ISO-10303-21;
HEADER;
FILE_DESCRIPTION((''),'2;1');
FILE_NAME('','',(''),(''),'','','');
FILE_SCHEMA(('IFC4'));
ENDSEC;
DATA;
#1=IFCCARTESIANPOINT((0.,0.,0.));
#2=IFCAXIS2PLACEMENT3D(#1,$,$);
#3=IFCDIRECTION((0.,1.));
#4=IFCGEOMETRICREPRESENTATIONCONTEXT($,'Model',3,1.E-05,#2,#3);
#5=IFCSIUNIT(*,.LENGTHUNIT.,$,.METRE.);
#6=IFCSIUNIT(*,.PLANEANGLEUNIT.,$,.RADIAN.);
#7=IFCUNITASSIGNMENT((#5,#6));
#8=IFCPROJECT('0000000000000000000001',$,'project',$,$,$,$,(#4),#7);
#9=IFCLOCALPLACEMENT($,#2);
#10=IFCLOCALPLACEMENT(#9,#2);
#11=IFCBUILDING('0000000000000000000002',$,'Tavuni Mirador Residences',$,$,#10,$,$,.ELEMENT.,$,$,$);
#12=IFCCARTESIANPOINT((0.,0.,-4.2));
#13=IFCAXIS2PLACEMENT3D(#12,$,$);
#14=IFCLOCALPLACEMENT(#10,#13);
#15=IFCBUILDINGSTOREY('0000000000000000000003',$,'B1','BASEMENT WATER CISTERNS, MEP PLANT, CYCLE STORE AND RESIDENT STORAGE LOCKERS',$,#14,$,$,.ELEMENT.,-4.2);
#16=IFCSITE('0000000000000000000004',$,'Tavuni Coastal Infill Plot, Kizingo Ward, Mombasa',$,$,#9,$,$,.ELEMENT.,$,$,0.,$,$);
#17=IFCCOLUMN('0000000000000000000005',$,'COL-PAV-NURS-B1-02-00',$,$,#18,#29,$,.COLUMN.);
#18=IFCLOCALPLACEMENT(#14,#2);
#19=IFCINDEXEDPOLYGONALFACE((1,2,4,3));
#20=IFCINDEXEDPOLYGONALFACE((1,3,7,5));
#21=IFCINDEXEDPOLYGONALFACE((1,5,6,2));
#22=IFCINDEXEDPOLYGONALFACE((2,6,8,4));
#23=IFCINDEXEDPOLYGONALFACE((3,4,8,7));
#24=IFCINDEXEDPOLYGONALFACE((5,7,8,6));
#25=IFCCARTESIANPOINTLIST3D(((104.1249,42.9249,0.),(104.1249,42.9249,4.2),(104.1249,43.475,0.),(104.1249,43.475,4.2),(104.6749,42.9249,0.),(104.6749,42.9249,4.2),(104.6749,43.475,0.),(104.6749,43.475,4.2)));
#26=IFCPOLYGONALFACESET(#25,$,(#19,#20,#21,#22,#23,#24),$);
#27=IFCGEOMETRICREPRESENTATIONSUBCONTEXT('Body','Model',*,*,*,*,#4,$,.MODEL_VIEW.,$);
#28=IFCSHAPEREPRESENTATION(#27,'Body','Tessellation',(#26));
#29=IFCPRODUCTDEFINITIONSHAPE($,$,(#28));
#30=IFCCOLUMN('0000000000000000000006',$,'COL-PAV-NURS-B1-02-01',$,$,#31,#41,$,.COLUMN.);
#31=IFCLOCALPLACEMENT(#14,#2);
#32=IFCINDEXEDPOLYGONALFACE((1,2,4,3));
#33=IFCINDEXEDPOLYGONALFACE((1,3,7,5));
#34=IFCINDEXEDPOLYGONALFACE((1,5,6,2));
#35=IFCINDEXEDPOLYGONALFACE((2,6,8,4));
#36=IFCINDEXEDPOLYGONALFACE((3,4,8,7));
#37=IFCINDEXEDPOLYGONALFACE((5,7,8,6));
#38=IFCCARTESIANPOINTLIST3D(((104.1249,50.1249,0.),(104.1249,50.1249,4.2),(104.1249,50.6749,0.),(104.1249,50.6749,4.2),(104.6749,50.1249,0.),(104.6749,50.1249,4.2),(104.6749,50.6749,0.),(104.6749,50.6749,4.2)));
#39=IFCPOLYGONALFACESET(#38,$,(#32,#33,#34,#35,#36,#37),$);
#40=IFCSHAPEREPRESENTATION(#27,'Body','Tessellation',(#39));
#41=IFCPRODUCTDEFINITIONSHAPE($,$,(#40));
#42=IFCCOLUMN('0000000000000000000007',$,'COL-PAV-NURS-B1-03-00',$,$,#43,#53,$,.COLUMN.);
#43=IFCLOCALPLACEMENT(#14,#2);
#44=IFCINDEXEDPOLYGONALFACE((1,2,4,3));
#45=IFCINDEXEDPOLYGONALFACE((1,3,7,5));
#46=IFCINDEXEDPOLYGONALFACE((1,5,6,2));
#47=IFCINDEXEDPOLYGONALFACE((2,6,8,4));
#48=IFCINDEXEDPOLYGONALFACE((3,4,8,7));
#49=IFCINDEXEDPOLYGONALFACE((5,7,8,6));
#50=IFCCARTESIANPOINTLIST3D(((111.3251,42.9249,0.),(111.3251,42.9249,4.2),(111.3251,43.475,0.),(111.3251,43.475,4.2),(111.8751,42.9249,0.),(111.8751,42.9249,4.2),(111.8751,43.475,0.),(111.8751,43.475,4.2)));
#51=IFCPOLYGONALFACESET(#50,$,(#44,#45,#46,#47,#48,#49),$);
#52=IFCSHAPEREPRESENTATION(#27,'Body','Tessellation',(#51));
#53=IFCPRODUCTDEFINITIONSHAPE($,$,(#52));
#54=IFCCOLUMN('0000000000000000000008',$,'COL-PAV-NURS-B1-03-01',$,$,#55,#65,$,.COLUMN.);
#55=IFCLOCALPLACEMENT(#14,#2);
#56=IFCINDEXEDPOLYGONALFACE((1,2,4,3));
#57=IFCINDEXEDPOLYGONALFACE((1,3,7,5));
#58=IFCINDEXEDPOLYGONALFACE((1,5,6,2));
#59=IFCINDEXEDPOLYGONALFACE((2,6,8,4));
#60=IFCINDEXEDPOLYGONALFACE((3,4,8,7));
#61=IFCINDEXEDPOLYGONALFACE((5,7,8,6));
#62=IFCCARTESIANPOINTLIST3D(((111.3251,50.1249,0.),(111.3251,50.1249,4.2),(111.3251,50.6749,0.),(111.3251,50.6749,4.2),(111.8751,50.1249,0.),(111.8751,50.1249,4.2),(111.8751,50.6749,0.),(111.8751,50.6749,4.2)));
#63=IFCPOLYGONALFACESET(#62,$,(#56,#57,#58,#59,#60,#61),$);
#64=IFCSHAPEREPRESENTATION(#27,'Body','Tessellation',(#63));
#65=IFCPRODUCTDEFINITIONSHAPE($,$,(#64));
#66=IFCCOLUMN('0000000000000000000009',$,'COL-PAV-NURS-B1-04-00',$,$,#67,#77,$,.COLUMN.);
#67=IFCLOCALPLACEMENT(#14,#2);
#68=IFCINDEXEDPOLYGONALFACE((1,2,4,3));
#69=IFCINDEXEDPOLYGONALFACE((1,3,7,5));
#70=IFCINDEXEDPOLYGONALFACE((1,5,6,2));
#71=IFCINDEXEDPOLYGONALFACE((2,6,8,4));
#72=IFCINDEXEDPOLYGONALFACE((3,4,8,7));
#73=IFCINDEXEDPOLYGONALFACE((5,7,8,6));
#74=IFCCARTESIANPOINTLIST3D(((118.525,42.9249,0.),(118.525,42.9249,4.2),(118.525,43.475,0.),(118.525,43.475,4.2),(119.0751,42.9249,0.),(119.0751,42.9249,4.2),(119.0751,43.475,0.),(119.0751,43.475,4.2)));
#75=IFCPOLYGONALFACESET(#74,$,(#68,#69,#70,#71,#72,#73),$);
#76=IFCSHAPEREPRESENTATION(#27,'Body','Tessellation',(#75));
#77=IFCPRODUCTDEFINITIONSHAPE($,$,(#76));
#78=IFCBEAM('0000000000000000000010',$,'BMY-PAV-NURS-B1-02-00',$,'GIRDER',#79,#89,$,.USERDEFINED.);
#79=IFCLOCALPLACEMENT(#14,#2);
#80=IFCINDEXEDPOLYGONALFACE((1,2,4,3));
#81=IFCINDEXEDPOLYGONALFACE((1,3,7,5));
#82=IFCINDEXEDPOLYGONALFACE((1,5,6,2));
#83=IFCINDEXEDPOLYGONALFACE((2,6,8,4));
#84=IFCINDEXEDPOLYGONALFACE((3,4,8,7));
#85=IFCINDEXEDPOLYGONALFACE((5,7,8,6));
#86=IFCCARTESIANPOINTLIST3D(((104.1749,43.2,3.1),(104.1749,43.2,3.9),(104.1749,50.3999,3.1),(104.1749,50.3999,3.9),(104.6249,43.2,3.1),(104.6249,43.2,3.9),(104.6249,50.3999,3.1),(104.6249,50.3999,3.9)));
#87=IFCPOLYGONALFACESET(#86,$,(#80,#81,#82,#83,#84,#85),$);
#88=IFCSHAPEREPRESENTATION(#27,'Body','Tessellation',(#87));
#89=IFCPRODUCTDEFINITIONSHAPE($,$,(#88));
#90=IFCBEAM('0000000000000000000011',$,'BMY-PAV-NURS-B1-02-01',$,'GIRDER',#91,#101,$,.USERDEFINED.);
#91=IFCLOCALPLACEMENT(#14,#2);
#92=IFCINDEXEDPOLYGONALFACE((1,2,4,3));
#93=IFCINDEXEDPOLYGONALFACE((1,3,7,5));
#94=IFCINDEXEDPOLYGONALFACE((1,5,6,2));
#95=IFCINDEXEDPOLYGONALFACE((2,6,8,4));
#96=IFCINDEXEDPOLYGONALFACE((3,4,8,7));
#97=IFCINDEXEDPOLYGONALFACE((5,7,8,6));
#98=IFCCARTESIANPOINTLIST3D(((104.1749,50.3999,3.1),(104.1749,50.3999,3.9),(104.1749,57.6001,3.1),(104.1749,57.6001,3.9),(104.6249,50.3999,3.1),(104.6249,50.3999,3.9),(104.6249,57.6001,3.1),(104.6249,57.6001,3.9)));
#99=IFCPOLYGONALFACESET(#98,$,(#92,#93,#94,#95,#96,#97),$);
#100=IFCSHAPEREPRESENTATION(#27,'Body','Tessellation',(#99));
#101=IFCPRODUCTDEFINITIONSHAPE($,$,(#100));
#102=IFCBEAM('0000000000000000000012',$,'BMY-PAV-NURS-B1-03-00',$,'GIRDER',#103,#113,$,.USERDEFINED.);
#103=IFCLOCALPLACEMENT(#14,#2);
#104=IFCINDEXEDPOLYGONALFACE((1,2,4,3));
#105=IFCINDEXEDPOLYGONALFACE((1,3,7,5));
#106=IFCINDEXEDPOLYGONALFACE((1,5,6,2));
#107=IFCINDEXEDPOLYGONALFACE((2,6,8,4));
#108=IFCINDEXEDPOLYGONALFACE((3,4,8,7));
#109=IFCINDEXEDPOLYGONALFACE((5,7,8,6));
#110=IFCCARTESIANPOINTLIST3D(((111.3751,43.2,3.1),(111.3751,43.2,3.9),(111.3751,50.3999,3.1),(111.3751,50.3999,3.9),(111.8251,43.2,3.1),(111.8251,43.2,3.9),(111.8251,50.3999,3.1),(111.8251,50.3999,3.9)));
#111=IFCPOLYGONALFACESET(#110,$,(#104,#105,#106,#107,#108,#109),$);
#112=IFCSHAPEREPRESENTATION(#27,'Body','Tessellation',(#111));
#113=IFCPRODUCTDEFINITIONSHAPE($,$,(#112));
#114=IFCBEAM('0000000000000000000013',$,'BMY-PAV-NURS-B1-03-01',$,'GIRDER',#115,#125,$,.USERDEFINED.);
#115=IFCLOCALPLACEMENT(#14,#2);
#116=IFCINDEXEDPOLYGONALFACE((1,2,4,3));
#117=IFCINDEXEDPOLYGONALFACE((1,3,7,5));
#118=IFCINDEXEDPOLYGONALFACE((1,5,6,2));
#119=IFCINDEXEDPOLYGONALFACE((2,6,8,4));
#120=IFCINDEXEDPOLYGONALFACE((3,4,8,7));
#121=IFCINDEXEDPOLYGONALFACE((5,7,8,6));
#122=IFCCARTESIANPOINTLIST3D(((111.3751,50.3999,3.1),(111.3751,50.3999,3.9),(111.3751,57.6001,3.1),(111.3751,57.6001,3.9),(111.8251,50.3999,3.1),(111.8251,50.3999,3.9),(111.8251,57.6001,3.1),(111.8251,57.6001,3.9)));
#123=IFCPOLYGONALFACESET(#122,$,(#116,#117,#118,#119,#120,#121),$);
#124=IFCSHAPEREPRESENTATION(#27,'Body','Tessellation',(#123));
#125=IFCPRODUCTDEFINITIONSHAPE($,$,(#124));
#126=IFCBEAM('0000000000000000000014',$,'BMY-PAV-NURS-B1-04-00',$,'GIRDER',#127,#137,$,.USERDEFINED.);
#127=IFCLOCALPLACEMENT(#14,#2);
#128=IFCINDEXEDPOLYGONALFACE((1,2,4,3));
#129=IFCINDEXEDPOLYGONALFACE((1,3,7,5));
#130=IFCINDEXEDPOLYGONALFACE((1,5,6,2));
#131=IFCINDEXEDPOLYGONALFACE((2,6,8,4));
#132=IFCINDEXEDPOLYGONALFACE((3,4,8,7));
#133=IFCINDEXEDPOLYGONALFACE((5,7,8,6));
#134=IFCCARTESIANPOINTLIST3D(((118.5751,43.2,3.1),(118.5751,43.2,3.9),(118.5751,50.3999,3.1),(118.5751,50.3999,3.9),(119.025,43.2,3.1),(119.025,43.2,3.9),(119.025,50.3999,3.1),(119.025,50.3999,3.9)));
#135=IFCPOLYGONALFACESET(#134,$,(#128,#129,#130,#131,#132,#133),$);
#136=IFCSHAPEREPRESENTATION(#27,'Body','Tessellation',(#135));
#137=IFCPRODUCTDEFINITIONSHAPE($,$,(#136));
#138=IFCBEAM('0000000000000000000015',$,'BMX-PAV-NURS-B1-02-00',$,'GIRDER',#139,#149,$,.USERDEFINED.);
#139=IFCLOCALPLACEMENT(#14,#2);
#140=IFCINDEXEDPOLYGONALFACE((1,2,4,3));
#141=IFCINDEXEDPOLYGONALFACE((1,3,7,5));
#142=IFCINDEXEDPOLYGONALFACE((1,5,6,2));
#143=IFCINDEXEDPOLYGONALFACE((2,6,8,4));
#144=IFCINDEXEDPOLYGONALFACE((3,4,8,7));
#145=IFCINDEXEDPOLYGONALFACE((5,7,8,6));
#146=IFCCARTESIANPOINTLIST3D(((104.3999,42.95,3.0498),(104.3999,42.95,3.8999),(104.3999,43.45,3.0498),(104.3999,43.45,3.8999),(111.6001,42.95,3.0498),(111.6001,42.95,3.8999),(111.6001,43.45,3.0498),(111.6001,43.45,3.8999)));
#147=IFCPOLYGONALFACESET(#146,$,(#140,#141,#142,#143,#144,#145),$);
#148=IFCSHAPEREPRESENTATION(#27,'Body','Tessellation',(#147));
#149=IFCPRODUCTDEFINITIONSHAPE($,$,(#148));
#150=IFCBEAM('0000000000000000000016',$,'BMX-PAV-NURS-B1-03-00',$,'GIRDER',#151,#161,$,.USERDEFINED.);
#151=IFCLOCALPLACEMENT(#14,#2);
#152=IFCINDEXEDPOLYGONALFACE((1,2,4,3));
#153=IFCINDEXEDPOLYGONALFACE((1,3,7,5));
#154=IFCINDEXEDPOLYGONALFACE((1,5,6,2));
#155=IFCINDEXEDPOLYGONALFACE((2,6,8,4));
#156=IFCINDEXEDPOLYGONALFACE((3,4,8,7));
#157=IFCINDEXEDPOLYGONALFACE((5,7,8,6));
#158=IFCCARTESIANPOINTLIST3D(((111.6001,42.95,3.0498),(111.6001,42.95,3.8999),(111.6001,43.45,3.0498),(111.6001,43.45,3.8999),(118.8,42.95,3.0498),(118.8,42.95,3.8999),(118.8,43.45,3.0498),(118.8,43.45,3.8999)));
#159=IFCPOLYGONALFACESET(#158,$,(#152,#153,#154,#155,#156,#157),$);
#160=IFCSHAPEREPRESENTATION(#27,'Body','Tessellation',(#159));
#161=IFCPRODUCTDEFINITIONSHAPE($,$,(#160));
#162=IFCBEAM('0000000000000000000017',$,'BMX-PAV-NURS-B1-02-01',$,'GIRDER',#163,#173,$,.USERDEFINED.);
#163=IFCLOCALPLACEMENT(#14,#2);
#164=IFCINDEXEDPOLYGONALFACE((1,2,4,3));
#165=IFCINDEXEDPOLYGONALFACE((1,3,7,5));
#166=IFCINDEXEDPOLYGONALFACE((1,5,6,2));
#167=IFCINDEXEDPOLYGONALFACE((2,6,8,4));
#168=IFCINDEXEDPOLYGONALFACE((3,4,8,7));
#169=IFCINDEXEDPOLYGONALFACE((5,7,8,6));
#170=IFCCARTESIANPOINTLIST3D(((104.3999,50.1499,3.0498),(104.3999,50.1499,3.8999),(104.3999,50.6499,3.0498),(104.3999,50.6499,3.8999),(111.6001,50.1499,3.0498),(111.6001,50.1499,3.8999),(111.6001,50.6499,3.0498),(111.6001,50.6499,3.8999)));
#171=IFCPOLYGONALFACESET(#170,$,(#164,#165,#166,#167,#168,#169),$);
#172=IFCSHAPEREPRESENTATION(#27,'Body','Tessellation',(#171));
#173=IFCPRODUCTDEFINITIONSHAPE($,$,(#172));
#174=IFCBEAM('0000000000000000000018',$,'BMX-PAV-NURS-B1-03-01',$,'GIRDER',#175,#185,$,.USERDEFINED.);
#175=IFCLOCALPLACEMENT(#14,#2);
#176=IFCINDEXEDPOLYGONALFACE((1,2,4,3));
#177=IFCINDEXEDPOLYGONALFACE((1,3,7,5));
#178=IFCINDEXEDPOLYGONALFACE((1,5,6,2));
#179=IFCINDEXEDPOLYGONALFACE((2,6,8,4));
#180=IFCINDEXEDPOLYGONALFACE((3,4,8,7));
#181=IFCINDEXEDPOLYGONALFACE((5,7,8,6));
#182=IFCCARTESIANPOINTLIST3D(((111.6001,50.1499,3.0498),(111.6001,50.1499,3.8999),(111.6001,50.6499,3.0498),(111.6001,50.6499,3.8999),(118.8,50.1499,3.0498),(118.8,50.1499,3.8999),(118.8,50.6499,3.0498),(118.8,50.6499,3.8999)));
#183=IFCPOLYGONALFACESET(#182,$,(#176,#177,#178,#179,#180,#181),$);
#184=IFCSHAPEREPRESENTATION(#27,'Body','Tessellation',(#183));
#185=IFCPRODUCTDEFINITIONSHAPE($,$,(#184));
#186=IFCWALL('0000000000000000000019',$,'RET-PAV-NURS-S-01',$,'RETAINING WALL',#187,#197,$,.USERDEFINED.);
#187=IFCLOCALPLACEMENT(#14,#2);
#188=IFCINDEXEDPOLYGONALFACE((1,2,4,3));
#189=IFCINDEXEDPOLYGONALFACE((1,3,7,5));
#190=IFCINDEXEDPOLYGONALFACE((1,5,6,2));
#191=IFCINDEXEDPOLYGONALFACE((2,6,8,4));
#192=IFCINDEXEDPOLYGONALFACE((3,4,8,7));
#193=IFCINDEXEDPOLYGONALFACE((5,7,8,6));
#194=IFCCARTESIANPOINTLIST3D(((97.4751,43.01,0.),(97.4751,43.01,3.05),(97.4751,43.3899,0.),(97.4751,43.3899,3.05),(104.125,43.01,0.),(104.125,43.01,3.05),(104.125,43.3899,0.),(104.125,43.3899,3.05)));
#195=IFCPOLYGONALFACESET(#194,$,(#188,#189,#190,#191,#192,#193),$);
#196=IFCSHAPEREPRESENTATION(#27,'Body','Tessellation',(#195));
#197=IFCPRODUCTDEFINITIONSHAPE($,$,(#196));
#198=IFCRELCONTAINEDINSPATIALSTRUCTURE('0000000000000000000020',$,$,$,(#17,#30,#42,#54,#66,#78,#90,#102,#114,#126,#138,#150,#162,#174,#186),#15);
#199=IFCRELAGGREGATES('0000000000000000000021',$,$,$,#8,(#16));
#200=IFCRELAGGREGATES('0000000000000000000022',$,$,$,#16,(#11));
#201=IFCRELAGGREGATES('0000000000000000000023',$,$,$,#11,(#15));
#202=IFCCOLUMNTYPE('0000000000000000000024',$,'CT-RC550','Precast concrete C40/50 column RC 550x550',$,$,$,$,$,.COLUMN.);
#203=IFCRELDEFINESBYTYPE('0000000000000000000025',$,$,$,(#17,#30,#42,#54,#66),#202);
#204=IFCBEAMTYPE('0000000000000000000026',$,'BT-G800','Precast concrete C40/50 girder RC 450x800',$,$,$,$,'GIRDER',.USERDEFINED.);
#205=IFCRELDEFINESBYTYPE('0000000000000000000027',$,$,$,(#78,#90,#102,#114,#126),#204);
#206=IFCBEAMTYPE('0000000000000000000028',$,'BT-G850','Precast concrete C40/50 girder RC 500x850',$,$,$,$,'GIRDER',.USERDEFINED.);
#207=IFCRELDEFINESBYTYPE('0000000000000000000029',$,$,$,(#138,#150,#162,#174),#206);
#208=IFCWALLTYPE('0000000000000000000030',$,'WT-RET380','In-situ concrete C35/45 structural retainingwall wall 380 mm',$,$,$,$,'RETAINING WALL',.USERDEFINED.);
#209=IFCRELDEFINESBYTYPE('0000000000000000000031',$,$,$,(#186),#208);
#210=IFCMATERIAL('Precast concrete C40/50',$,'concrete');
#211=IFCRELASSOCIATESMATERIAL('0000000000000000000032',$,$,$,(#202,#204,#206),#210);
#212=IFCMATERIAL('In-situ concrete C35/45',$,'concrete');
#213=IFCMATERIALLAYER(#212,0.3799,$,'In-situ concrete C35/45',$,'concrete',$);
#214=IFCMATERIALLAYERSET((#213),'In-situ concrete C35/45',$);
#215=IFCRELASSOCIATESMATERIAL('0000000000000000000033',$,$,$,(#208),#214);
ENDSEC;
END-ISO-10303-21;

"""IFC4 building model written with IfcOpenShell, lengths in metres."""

from ifc_helpers import new_model, si_unit, direction, frame, frame_2d, origin, origin_2d, place, context, subcontext, project, spatial, rectangle, extrude, material, layer, layer_set, material_profile, profile_set, type_object, element, save


model = new_model("IFC4")

# Units and contexts
model_context = context("Model", 3, precision=1e-05, world=origin(), true_north=direction((0.0, 1.0)))
body_context = subcontext(model_context, "Body", "Model", "MODEL_VIEW")
ifc_project = project(units=[si_unit("LENGTHUNIT", "METRE"), si_unit("PLANEANGLEUNIT", "RADIAN")], contexts=[model_context])

# Site, building, storey
site_placement = place(None, origin())
site = spatial("IfcSite", under=ifc_project, at=site_placement, Name="Tavuni Coastal Infill Plot, Kizingo Ward, Mombasa", CompositionType="ELEMENT", RefElevation=0.0)
building_placement = place(site_placement, origin())
building = spatial("IfcBuilding", under=site, at=building_placement, Name="Tavuni Mirador Residences", CompositionType="ELEMENT")
storey_placement = place(building_placement, frame((0.0, 0.0, -4.2)))
storey = spatial("IfcBuildingStorey", under=building, at=storey_placement, Name="B1", Description="BASEMENT WATER CISTERNS, MEP PLANT, CYCLE STORE AND RESIDENT STORAGE LOCKERS", CompositionType="ELEMENT", Elevation=-4.2)

# Shared definitions
ifc_material_1 = material(Name="In-situ concrete C35/45", Category="concrete")

# Columns
ifc_material_2 = material(Name="Precast concrete C40/50", Category="concrete")
ifc_material_profile_1 = material_profile(ifc_material_2, rectangle(XDim=0.55, YDim=0.55, at=origin_2d()), Name="RC 550x550", Category="concrete")
ifc_profile_set_1 = profile_set([ifc_material_profile_1], Name="Precast concrete C40/50")
column_type_1 = type_object("IfcColumnType", Name="CT-RC550", Description="Precast concrete C40/50 column RC 550x550", PredefinedType="COLUMN", material=ifc_profile_set_1)
for number, where, z_axis, x_axis, name in (
    (1, (104.3999, 43.2, 0.0), (0.0, 0.0, 1.0), (1.0, 0.0, 0.0), "COL-PAV-NURS-B1-02-00"),
    (2, (104.3999, 50.3999, 0.0), (0.0, 0.0, 1.0), (1.0, 0.0, 0.0), "COL-PAV-NURS-B1-02-01"),
    (3, (111.6001, 43.2, 0.0), (0.0, 0.0, 1.0), (1.0, 0.0, 0.0), "COL-PAV-NURS-B1-03-00"),
    (4, (111.6001, 50.3999, 0.0), (0.0, 0.0, 1.0), (1.0, 0.0, 0.0), "COL-PAV-NURS-B1-03-01"),
    (5, (118.8, 43.2, 0.0), (0.0, 0.0, 1.0), (1.0, 0.0, 0.0), "COL-PAV-NURS-B1-04-00"),
):
    element("IfcColumn", number, at=place(storey_placement, frame(where, z_axis=z_axis, x_axis=x_axis)), inside=storey, type_object=column_type_1, Name=name, PredefinedType="COLUMN", context=body_context, shape_type="SweptSolid", body=[
        extrude(rectangle(XDim=0.55, YDim=0.55, at=origin_2d()), origin(), (0.0, 0.0, 1.0), 4.2),
    ])

# Beams
ifc_material_profile_2 = material_profile(ifc_material_2, rectangle(XDim=0.45, YDim=0.8, at=origin_2d()), Name="RC 450x800", Category="concrete")
ifc_profile_set_2 = profile_set([ifc_material_profile_2], Name="Precast concrete C40/50")
beam_type_1 = type_object("IfcBeamType", Name="BT-G800", Description="Precast concrete C40/50 girder RC 450x800", ElementType="GIRDER", PredefinedType="USERDEFINED", material=ifc_profile_set_2)
beam_1_placement = place(storey_placement, frame((104.3999, 43.2, 3.5), z_axis=(0.0, 1.0, 0.0), x_axis=(-1.0, 0.0, 0.0)))
element("IfcBeam", 6, at=beam_1_placement, inside=storey, type_object=beam_type_1, Name="BMY-PAV-NURS-B1-02-00", ObjectType="GIRDER", PredefinedType="USERDEFINED", context=body_context, shape_type="SweptSolid", body=[
    extrude(rectangle(XDim=0.45, YDim=0.8, at=origin_2d()), origin(), (0.0, 0.0, 1.0), 7.2),
])
beam_2_placement = place(storey_placement, frame((104.3999, 50.3999, 3.5), z_axis=(0.0, 1.0, 0.0), x_axis=(-1.0, 0.0, 0.0)))
element("IfcBeam", 7, at=beam_2_placement, inside=storey, type_object=beam_type_1, Name="BMY-PAV-NURS-B1-02-01", ObjectType="GIRDER", PredefinedType="USERDEFINED", context=body_context, shape_type="SweptSolid", body=[
    extrude(rectangle(XDim=0.45, YDim=0.8, at=origin_2d()), origin(), (0.0, 0.0, 1.0), 7.2002),
])
beam_3_placement = place(storey_placement, frame((111.6001, 43.2, 3.5), z_axis=(0.0, 1.0, 0.0), x_axis=(-1.0, 0.0, 0.0)))
element("IfcBeam", 8, at=beam_3_placement, inside=storey, type_object=beam_type_1, Name="BMY-PAV-NURS-B1-03-00", ObjectType="GIRDER", PredefinedType="USERDEFINED", context=body_context, shape_type="SweptSolid", body=[
    extrude(rectangle(XDim=0.45, YDim=0.8, at=origin_2d()), origin(), (0.0, 0.0, 1.0), 7.2),
])
beam_4_placement = place(storey_placement, frame((111.6001, 50.3999, 3.5), z_axis=(0.0, 1.0, 0.0), x_axis=(-1.0, 0.0, 0.0)))
element("IfcBeam", 9, at=beam_4_placement, inside=storey, type_object=beam_type_1, Name="BMY-PAV-NURS-B1-03-01", ObjectType="GIRDER", PredefinedType="USERDEFINED", context=body_context, shape_type="SweptSolid", body=[
    extrude(rectangle(XDim=0.45, YDim=0.8, at=origin_2d()), origin(), (0.0, 0.0, 1.0), 7.2002),
])
beam_5_placement = place(storey_placement, frame((118.8, 43.2, 3.5), z_axis=(0.0, 1.0, 0.0), x_axis=(-1.0, 0.0, 0.0)))
element("IfcBeam", 10, at=beam_5_placement, inside=storey, type_object=beam_type_1, Name="BMY-PAV-NURS-B1-04-00", ObjectType="GIRDER", PredefinedType="USERDEFINED", context=body_context, shape_type="SweptSolid", body=[
    extrude(rectangle(XDim=0.45, YDim=0.8, at=origin_2d()), origin(), (0.0, 0.0, 1.0), 7.2),
])
ifc_material_profile_3 = material_profile(ifc_material_2, rectangle(XDim=0.5, YDim=0.8501, at=origin_2d()), Name="RC 500x850", Category="concrete")
ifc_profile_set_3 = profile_set([ifc_material_profile_3], Name="Precast concrete C40/50")
beam_type_2 = type_object("IfcBeamType", Name="BT-G850", Description="Precast concrete C40/50 girder RC 500x850", ElementType="GIRDER", PredefinedType="USERDEFINED", material=ifc_profile_set_3)
beam_6_placement = place(storey_placement, frame((104.3999, 43.2, 3.4749), z_axis=(1.0, 0.0, 0.0), x_axis=(0.0, 1.0, 0.0)))
element("IfcBeam", 11, at=beam_6_placement, inside=storey, type_object=beam_type_2, Name="BMX-PAV-NURS-B1-02-00", ObjectType="GIRDER", PredefinedType="USERDEFINED", context=body_context, shape_type="SweptSolid", body=[
    extrude(rectangle(XDim=0.5, YDim=0.8501, at=origin_2d()), origin(), (0.0, 0.0, 1.0), 7.2002),
])
beam_7_placement = place(storey_placement, frame((111.6001, 43.2, 3.4749), z_axis=(1.0, 0.0, 0.0), x_axis=(0.0, 1.0, 0.0)))
element("IfcBeam", 12, at=beam_7_placement, inside=storey, type_object=beam_type_2, Name="BMX-PAV-NURS-B1-03-00", ObjectType="GIRDER", PredefinedType="USERDEFINED", context=body_context, shape_type="SweptSolid", body=[
    extrude(rectangle(XDim=0.5, YDim=0.8501, at=origin_2d()), origin(), (0.0, 0.0, 1.0), 7.2),
])
beam_8_placement = place(storey_placement, frame((104.3999, 50.3999, 3.4749), z_axis=(1.0, 0.0, 0.0), x_axis=(0.0, 1.0, 0.0)))
element("IfcBeam", 13, at=beam_8_placement, inside=storey, type_object=beam_type_2, Name="BMX-PAV-NURS-B1-02-01", ObjectType="GIRDER", PredefinedType="USERDEFINED", context=body_context, shape_type="SweptSolid", body=[
    extrude(rectangle(XDim=0.5, YDim=0.8501, at=origin_2d()), origin(), (0.0, 0.0, 1.0), 7.2002),
])
beam_9_placement = place(storey_placement, frame((111.6001, 50.3999, 3.4749), z_axis=(1.0, 0.0, 0.0), x_axis=(0.0, 1.0, 0.0)))
element("IfcBeam", 14, at=beam_9_placement, inside=storey, type_object=beam_type_2, Name="BMX-PAV-NURS-B1-03-01", ObjectType="GIRDER", PredefinedType="USERDEFINED", context=body_context, shape_type="SweptSolid", body=[
    extrude(rectangle(XDim=0.5, YDim=0.8501, at=origin_2d()), origin(), (0.0, 0.0, 1.0), 7.2),
])

# Wall
ifc_layer_1 = layer(ifc_material_1, 0.3799, Name="In-situ concrete C35/45", Category="concrete")
ifc_layer_set_1 = layer_set([ifc_layer_1], Name="In-situ concrete C35/45")
wall_type_1 = type_object("IfcWallType", Name="WT-RET380", Description="In-situ concrete C35/45 structural retainingwall wall 380 mm", ElementType="RETAINING WALL", PredefinedType="USERDEFINED", material=ifc_layer_set_1)
for number, where, z_axis, x_axis, name in (
    (15, (97.4751, 43.2, 0.0), (0.0, 0.0, 1.0), (1.0, 0.0, 0.0), "RET-PAV-NURS-S-01"),
):
    element("IfcWall", number, at=place(storey_placement, frame(where, z_axis=z_axis, x_axis=x_axis)), inside=storey, type_object=wall_type_1, Name=name, ObjectType="RETAINING WALL", PredefinedType="USERDEFINED", context=body_context, shape_type="SweptSolid", body=[
        extrude(rectangle(XDim=6.6499, YDim=0.3799, at=frame_2d((3.325, 0.0))), origin(), (0.0, 0.0, 1.0), 3.05),
    ])

save(model, "model.ifc")
